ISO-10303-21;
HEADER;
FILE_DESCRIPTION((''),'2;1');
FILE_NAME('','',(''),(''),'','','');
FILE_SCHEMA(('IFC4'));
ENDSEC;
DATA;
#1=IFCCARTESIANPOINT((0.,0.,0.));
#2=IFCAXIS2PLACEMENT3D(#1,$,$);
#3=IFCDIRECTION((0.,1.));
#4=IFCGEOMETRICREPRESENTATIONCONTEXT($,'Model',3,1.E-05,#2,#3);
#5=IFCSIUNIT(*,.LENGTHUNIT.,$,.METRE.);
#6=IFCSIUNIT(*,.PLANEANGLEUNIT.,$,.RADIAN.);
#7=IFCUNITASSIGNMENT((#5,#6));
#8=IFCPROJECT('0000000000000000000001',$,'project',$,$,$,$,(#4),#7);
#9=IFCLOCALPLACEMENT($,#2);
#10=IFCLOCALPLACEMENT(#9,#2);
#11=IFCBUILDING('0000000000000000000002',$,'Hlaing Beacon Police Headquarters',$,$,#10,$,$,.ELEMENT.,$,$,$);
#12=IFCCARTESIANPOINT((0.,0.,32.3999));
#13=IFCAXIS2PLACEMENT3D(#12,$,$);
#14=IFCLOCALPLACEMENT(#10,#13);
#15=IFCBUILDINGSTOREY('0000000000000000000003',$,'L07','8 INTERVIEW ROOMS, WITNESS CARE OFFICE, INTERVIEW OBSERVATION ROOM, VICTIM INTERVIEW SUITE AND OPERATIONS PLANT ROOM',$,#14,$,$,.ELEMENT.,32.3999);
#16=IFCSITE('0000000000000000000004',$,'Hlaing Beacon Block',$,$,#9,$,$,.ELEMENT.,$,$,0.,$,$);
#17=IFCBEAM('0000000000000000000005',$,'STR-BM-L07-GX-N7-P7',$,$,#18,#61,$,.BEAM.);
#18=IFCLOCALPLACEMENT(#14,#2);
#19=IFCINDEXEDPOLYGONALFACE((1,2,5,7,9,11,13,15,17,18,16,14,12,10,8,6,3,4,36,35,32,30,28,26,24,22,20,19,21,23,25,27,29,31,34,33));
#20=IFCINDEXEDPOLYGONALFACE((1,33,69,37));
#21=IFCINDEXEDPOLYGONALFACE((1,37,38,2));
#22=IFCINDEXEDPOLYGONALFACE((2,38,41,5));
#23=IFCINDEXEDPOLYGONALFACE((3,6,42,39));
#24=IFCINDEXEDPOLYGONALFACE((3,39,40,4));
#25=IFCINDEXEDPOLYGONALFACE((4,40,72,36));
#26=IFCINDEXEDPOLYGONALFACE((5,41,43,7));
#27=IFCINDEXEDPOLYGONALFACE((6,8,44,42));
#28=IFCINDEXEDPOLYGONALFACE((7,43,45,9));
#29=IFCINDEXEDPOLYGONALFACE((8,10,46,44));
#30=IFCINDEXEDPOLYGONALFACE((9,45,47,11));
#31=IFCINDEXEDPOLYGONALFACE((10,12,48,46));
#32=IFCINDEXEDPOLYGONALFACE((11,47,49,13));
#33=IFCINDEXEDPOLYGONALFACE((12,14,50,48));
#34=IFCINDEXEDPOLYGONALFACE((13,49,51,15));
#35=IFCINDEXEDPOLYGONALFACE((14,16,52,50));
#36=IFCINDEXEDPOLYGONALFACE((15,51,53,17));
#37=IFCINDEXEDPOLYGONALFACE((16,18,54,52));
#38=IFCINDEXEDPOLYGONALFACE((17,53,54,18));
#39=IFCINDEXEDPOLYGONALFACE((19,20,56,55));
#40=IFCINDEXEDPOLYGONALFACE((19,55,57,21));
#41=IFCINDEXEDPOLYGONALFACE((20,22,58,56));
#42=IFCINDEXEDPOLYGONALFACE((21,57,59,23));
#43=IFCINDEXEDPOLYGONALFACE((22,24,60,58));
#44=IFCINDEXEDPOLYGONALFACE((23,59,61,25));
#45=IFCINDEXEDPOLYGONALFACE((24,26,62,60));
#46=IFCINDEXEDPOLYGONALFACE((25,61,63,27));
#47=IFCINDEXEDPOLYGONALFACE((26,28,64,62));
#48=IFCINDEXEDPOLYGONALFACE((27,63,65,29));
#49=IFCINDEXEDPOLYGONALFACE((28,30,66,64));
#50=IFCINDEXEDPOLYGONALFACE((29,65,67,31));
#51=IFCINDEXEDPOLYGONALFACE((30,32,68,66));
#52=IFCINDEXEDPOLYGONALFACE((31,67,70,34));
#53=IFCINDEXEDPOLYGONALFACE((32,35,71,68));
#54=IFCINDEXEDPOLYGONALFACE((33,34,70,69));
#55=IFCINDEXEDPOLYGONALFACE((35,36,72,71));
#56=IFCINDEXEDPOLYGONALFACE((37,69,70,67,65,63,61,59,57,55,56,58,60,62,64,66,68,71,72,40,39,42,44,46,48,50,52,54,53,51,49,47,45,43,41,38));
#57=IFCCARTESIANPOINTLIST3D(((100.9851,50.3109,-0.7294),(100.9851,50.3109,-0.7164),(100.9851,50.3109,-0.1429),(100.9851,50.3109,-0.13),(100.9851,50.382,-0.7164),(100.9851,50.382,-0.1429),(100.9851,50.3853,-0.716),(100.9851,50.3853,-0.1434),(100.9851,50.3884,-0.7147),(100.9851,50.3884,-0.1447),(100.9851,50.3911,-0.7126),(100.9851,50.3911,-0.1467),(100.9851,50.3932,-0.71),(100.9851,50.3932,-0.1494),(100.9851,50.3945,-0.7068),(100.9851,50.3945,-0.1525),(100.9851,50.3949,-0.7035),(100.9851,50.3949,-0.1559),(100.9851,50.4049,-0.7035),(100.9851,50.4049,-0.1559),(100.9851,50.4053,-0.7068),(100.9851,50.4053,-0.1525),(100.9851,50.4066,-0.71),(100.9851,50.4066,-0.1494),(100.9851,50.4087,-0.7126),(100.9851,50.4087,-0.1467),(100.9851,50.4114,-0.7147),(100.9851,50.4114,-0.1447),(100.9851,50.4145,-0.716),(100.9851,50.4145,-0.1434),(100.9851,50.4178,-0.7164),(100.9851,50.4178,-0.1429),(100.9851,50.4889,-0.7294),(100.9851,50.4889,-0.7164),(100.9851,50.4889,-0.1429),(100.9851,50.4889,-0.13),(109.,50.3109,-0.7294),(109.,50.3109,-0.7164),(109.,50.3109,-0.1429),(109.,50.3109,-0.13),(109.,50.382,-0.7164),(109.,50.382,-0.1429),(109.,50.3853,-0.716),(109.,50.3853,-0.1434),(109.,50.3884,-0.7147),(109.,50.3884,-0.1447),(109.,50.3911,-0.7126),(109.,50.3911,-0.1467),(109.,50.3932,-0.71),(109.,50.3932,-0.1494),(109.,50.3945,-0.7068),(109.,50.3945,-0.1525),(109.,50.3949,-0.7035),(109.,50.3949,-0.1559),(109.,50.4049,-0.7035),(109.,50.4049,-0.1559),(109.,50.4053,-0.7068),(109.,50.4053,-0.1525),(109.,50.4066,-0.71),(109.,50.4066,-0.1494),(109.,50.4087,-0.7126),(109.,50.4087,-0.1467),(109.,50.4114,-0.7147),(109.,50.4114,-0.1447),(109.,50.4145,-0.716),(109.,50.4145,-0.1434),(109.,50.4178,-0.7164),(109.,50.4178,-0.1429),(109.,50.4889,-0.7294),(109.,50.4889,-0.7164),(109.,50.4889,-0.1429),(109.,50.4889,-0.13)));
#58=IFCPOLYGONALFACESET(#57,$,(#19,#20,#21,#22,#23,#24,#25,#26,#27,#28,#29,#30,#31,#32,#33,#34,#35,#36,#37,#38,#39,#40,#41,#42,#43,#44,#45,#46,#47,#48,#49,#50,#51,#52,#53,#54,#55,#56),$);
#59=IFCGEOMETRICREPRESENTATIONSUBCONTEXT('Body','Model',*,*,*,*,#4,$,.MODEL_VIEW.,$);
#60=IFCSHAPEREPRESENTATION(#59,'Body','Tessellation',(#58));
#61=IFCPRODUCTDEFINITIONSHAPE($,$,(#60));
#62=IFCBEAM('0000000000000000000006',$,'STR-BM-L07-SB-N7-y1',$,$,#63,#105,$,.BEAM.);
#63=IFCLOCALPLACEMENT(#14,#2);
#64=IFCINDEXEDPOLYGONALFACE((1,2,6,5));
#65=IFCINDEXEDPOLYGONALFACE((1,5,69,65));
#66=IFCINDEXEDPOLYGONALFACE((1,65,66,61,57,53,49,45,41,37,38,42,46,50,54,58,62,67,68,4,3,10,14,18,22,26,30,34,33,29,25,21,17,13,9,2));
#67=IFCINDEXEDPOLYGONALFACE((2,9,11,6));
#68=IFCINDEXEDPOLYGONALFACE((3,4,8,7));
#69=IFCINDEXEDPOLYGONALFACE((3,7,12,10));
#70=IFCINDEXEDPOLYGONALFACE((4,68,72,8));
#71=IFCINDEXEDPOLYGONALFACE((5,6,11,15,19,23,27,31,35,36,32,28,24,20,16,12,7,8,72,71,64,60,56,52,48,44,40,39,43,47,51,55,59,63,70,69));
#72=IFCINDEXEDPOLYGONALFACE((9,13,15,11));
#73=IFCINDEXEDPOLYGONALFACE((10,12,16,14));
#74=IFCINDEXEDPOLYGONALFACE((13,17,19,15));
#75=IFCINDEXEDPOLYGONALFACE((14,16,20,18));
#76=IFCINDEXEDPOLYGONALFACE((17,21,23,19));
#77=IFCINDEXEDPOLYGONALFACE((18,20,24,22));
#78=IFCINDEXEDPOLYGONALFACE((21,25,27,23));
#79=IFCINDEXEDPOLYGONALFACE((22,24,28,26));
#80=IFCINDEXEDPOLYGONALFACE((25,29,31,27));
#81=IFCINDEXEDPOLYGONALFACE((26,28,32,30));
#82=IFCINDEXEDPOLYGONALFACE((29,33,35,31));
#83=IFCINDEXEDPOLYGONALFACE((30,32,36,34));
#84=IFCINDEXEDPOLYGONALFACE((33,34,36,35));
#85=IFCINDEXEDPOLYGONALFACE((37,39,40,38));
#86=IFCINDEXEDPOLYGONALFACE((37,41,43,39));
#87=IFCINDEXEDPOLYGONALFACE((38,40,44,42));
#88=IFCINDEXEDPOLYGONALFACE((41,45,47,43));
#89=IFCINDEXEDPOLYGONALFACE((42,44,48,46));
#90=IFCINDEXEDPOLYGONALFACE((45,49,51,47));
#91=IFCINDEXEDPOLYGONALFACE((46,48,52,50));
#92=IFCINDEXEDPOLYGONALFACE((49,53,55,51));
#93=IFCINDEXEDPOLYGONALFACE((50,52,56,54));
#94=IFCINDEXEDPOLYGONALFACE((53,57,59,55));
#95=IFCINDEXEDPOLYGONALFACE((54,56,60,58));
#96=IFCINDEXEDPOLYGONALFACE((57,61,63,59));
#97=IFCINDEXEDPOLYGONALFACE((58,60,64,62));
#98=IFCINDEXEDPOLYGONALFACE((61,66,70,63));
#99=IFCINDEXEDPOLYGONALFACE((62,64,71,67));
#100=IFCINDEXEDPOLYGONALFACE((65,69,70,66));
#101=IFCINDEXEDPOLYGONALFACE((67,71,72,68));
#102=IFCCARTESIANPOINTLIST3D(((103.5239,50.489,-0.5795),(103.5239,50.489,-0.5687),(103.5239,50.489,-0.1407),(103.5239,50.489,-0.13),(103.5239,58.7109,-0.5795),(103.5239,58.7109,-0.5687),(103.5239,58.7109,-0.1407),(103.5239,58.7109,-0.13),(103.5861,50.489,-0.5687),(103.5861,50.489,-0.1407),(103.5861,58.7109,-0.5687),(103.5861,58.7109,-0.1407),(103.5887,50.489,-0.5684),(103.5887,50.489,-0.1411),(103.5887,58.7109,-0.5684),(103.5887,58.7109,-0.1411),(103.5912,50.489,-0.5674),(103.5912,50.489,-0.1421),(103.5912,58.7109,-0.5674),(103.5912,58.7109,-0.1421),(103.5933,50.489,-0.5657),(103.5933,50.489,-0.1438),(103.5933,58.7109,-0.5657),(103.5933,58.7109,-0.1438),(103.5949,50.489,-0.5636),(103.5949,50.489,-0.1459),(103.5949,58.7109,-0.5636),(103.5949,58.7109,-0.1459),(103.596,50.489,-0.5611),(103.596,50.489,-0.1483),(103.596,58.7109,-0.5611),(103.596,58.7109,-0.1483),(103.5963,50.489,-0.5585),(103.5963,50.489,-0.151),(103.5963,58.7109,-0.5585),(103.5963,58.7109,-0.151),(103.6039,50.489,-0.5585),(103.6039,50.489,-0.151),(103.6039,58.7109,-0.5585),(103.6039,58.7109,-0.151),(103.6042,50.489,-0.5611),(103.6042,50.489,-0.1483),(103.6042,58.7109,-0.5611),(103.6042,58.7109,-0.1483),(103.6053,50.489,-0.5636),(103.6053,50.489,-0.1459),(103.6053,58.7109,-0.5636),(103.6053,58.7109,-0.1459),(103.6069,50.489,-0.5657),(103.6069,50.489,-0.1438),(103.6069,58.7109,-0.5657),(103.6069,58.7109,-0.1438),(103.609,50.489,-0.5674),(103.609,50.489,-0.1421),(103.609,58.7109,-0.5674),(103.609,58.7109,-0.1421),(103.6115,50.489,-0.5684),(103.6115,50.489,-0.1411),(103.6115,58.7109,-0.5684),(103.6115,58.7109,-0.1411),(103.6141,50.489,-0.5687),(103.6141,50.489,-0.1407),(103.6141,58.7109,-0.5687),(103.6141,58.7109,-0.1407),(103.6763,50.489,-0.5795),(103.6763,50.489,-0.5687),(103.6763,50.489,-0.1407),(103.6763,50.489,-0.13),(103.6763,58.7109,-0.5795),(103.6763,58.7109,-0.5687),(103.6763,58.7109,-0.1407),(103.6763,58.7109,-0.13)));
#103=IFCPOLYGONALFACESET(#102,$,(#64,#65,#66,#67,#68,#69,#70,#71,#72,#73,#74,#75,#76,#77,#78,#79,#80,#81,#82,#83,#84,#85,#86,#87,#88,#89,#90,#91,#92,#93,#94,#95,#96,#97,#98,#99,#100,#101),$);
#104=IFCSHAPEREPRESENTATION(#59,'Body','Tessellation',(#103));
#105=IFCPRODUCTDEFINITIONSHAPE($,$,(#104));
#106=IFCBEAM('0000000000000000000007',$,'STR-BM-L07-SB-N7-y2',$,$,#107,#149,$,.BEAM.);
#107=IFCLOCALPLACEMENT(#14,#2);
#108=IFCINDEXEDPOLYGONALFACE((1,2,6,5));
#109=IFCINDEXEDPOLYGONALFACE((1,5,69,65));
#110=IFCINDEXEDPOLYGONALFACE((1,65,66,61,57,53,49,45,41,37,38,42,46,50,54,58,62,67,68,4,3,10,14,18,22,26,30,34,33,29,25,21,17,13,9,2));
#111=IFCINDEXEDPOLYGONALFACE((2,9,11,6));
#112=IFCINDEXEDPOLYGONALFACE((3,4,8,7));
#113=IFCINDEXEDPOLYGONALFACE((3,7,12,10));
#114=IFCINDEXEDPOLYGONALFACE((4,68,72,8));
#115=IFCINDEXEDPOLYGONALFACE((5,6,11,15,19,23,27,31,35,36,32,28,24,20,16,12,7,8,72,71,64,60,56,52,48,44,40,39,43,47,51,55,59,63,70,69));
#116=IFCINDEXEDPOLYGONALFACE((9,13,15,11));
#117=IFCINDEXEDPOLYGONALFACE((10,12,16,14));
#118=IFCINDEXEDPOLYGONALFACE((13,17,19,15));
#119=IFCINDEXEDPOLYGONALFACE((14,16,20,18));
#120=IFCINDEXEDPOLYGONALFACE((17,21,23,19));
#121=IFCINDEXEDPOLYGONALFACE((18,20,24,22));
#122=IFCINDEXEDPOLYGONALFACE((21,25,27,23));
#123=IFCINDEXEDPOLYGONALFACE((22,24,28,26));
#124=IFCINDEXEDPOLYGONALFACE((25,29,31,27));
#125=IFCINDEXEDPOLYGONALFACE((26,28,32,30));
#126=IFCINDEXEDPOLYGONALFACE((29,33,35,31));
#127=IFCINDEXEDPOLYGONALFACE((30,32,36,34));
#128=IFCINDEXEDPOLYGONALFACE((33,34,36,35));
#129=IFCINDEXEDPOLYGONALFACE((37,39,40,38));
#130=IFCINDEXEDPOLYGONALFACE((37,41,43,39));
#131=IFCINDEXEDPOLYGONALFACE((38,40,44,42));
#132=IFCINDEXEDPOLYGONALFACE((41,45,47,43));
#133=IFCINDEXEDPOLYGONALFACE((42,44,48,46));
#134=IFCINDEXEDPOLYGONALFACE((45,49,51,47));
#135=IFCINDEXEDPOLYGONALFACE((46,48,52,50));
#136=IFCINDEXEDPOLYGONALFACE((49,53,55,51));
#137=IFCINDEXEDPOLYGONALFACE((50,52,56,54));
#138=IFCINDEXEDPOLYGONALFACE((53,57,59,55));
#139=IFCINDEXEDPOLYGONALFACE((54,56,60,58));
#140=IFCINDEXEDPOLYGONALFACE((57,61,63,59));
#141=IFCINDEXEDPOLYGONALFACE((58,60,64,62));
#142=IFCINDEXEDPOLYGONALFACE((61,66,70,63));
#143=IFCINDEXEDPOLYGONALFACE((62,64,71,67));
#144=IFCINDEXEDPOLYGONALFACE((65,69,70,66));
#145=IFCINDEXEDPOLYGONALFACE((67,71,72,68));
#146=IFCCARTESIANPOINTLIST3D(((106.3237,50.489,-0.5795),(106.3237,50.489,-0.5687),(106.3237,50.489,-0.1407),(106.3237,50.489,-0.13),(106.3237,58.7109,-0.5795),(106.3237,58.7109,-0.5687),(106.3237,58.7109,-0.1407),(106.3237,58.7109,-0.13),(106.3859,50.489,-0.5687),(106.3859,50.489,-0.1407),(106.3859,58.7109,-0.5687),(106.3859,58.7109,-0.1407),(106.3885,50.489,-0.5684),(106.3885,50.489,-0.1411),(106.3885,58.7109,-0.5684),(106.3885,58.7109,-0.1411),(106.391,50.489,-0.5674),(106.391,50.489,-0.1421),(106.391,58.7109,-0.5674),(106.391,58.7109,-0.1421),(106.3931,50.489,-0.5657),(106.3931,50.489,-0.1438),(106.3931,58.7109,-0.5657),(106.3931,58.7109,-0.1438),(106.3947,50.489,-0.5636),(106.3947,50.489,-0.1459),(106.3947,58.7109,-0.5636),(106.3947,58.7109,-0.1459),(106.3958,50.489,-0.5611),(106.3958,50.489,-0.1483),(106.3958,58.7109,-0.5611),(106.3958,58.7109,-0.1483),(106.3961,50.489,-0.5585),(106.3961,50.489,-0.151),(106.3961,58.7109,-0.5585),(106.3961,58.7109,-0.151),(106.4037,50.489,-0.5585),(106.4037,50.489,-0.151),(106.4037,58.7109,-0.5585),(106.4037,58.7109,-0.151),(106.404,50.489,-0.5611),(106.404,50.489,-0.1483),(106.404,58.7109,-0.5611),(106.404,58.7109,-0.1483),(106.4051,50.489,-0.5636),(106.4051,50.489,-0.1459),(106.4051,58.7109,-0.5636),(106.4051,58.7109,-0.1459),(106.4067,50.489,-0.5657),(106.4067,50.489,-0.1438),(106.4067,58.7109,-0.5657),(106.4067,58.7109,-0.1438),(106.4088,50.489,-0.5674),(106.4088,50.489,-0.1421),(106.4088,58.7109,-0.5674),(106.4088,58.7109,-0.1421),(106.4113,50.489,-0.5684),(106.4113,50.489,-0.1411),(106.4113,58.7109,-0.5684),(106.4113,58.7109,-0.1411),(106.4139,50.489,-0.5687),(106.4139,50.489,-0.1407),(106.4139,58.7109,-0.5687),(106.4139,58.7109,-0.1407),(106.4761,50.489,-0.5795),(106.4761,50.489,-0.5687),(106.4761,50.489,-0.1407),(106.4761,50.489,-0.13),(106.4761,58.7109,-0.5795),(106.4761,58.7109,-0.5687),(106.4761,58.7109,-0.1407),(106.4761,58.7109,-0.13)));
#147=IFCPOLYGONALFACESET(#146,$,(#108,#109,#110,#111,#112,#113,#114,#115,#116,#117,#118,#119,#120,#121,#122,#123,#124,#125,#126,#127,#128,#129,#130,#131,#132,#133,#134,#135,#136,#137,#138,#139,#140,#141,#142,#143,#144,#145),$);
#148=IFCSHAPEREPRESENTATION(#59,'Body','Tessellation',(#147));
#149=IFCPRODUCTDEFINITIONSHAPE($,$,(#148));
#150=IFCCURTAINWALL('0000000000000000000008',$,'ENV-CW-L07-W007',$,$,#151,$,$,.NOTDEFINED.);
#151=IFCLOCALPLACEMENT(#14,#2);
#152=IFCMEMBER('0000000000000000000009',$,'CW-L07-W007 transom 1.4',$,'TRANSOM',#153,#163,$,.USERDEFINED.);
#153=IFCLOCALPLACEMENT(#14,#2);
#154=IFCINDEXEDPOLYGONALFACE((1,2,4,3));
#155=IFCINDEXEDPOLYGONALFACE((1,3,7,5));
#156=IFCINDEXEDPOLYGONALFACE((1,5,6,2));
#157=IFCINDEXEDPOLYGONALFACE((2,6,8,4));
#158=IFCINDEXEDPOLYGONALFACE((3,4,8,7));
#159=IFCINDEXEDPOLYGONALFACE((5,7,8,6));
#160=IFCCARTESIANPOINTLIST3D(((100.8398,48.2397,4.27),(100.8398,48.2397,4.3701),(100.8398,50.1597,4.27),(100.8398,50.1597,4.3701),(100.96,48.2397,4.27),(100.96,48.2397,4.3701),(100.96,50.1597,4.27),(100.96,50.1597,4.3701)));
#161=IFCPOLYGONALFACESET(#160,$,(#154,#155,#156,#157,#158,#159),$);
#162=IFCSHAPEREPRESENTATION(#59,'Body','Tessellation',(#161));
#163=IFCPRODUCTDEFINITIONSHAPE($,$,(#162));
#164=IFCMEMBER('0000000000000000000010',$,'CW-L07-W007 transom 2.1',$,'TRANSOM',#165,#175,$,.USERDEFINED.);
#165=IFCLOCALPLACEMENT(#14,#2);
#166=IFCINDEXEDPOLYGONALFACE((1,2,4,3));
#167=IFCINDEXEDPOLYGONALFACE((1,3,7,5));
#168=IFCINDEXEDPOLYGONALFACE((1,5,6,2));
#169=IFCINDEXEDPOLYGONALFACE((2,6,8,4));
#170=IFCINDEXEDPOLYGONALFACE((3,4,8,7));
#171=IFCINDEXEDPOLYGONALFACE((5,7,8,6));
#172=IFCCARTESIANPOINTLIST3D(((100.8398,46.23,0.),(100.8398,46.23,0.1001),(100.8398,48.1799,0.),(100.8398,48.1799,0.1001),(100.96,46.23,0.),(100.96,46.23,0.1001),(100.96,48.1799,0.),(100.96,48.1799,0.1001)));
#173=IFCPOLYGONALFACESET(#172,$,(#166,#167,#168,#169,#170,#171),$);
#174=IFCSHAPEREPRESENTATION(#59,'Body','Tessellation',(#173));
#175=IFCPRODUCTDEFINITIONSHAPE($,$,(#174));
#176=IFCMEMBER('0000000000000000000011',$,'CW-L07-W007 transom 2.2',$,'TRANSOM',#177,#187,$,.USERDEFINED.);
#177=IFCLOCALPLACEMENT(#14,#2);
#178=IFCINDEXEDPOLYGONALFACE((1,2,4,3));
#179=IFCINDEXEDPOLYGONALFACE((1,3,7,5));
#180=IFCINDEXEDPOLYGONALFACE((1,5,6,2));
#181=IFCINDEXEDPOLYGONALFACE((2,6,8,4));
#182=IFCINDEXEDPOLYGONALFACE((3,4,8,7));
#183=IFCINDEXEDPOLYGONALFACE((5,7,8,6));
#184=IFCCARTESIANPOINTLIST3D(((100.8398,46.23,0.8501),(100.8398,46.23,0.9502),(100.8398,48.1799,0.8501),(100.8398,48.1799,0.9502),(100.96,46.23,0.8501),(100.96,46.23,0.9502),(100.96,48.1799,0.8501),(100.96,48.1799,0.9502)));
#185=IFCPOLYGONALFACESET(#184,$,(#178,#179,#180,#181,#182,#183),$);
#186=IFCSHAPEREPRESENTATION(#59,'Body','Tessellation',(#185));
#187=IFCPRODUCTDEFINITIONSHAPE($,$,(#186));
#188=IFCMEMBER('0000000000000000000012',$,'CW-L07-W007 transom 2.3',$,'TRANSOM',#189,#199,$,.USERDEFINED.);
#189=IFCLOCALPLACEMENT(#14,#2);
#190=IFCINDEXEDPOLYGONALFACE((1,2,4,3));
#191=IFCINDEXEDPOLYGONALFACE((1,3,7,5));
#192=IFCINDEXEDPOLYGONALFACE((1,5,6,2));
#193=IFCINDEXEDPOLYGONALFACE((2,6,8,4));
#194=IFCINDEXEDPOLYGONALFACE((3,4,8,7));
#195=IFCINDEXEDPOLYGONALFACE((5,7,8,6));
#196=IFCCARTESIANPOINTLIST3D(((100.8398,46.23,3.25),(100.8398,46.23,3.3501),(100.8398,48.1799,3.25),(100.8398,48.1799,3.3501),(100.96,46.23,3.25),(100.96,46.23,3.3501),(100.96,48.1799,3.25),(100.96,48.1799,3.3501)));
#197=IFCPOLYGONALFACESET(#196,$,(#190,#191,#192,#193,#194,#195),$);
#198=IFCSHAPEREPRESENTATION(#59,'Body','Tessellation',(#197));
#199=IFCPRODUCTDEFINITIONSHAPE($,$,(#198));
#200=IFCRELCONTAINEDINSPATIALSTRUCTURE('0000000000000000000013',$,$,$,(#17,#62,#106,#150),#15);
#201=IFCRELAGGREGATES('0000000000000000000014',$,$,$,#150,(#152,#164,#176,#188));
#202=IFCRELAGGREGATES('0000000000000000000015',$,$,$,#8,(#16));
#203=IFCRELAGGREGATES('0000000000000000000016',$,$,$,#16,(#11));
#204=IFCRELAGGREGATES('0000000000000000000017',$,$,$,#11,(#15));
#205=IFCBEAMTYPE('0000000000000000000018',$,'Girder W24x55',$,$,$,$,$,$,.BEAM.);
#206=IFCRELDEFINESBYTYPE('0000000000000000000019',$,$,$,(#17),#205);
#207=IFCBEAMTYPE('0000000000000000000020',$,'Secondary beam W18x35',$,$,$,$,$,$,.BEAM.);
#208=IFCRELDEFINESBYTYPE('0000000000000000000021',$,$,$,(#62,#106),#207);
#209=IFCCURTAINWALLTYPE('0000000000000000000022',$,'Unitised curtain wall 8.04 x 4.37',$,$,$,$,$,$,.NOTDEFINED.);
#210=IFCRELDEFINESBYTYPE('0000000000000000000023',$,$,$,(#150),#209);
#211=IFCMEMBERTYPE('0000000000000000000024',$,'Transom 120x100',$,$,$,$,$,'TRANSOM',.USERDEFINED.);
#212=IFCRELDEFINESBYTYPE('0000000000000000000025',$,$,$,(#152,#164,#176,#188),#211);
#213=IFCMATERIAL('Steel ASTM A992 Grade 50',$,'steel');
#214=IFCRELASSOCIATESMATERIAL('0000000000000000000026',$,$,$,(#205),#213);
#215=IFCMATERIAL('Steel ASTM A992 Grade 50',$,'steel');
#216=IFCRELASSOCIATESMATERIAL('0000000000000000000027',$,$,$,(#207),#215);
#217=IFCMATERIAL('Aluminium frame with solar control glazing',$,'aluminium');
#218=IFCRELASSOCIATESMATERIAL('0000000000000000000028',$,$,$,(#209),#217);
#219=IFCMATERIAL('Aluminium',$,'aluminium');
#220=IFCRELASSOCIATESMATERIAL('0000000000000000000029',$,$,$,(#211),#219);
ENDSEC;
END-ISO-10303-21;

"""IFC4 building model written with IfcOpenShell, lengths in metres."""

from ifc_helpers import new_model, si_unit, direction, frame, origin, origin_2d, place, context, subcontext, project, spatial, rectangle, i_section, extrude, material, material_profile, profile_set, type_object, element, aggregate, save


model = new_model("IFC4")

# Units and contexts
model_context = context("Model", 3, precision=1e-05, world=origin(), true_north=direction((0.0, 1.0)))
body_context = subcontext(model_context, "Body", "Model", "MODEL_VIEW")
ifc_project = project(units=[si_unit("LENGTHUNIT", "METRE"), si_unit("PLANEANGLEUNIT", "RADIAN")], contexts=[model_context])

# Site, building, storey
site_placement = place(None, origin())
site = spatial("IfcSite", under=ifc_project, at=site_placement, Name="Hlaing Beacon Block", CompositionType="ELEMENT", RefElevation=0.0)
building_placement = place(site_placement, origin())
building = spatial("IfcBuilding", under=site, at=building_placement, Name="Hlaing Beacon Police Headquarters", CompositionType="ELEMENT")
storey_placement = place(building_placement, frame((0.0, 0.0, 32.3999)))
storey = spatial("IfcBuildingStorey", under=building, at=storey_placement, Name="L07", Description="8 INTERVIEW ROOMS, WITNESS CARE OFFICE, INTERVIEW OBSERVATION ROOM, VICTIM INTERVIEW SUITE AND OPERATIONS PLANT ROOM", CompositionType="ELEMENT", Elevation=32.3999)

# Beams
ifc_material_1 = material(Name="Steel ASTM A992 Grade 50", Category="steel")
ifc_material_profile_1 = material_profile(ifc_material_1, i_section(OverallWidth=0.178, OverallDepth=0.5994, WebThickness=0.01, FlangeThickness=0.0129, FilletRadius=0.0129, at=origin_2d()), Name="W24x55")
ifc_profile_set_1 = profile_set([ifc_material_profile_1], Name="Steel ASTM A992 Grade 50")
beam_type_1 = type_object("IfcBeamType", Name="Girder W24x55", PredefinedType="BEAM", material=ifc_profile_set_1)
beam_placement = place(storey_placement, frame((100.9851, 50.3999, -0.4297), z_axis=(1.0, 0.0, 0.0), x_axis=(0.0, 1.0, 0.0)))
element("IfcBeam", 1, at=beam_placement, inside=storey, type_object=beam_type_1, Name="STR-BM-L07-GX-N7-P7", PredefinedType="BEAM", context=body_context, shape_type="SweptSolid", body=[
    extrude(i_section(OverallWidth=0.178, OverallDepth=0.5994, WebThickness=0.01, FlangeThickness=0.0129, FilletRadius=0.0129, at=origin_2d()), origin(), (0.0, 0.0, 1.0), 8.0149),
])
ifc_material_2 = material(Name="Steel ASTM A992 Grade 50", Category="steel")
ifc_material_profile_2 = material_profile(ifc_material_2, i_section(OverallWidth=0.1523, OverallDepth=0.4495, WebThickness=0.0076, FlangeThickness=0.0107, FilletRadius=0.0103, at=origin_2d()), Name="W18x35")
ifc_profile_set_2 = profile_set([ifc_material_profile_2], Name="Steel ASTM A992 Grade 50")
beam_type_2 = type_object("IfcBeamType", Name="Secondary beam W18x35", PredefinedType="BEAM", material=ifc_profile_set_2)
for number, where, z_axis, x_axis, name in (
    (2, (103.6001, 50.489, -0.3547), (0.0, 1.0, 0.0), (-1.0, 0.0, 0.0), "STR-BM-L07-SB-N7-y1"),
    (3, (106.3999, 50.489, -0.3547), (0.0, 1.0, 0.0), (-1.0, 0.0, 0.0), "STR-BM-L07-SB-N7-y2"),
):
    element("IfcBeam", number, at=place(storey_placement, frame(where, z_axis=z_axis, x_axis=x_axis)), inside=storey, type_object=beam_type_2, Name=name, PredefinedType="BEAM", context=body_context, shape_type="SweptSolid", body=[
        extrude(i_section(OverallWidth=0.1523, OverallDepth=0.4495, WebThickness=0.0076, FlangeThickness=0.0107, FilletRadius=0.0103, at=origin_2d()), origin(), (0.0, 0.0, 1.0), 8.2219),
    ])

# Curtain wall, members
ifc_material_3 = material(Name="Aluminium frame with solar control glazing", Category="aluminium")
curtain_wall_type = type_object("IfcCurtainWallType", Name="Unitised curtain wall 8.04 x 4.37", PredefinedType="NOTDEFINED", material=ifc_material_3)
curtain_wall_placement = place(storey_placement, origin())
curtain_wall = element("IfcCurtainWall", 4, at=curtain_wall_placement, inside=storey, type_object=curtain_wall_type, Name="ENV-CW-L07-W007", PredefinedType="NOTDEFINED")
ifc_material_4 = material(Name="Aluminium", Category="aluminium")
ifc_material_profile_3 = material_profile(ifc_material_4, rectangle(XDim=0.1201, YDim=0.1001, at=origin_2d()), Name="Transom 120x100")
ifc_profile_set_3 = profile_set([ifc_material_profile_3], Name="Aluminium")
member_type = type_object("IfcMemberType", Name="Transom 120x100", ElementType="TRANSOM", PredefinedType="USERDEFINED", material=ifc_profile_set_3)
member_1_placement = place(storey_placement, frame((100.8999, 50.1597, 4.3201), z_axis=(0.0, -1.0, 0.0), x_axis=(1.0, 0.0, 0.0)))
member_1 = element("IfcMember", 5, at=member_1_placement, type_object=member_type, Name="CW-L07-W007 transom 1.4", ObjectType="TRANSOM", PredefinedType="USERDEFINED", context=body_context, shape_type="SweptSolid", body=[
    extrude(rectangle(XDim=0.1201, YDim=0.1001, at=origin_2d()), origin(), (0.0, 0.0, 1.0), 1.9199),
])
member_2_placement = place(storey_placement, frame((100.8999, 48.1799, 0.05), z_axis=(0.0, -1.0, 0.0), x_axis=(1.0, 0.0, 0.0)))
member_2 = element("IfcMember", 6, at=member_2_placement, type_object=member_type, Name="CW-L07-W007 transom 2.1", ObjectType="TRANSOM", PredefinedType="USERDEFINED", context=body_context, shape_type="SweptSolid", body=[
    extrude(rectangle(XDim=0.1201, YDim=0.1001, at=origin_2d()), origin(), (0.0, 0.0, 1.0), 1.95),
])
member_3_placement = place(storey_placement, frame((100.8999, 48.1799, 0.9001), z_axis=(0.0, -1.0, 0.0), x_axis=(1.0, 0.0, 0.0)))
member_3 = element("IfcMember", 7, at=member_3_placement, type_object=member_type, Name="CW-L07-W007 transom 2.2", ObjectType="TRANSOM", PredefinedType="USERDEFINED", context=body_context, shape_type="SweptSolid", body=[
    extrude(rectangle(XDim=0.1201, YDim=0.1001, at=origin_2d()), origin(), (0.0, 0.0, 1.0), 1.95),
])
member_4_placement = place(storey_placement, frame((100.8999, 48.1799, 3.3), z_axis=(0.0, -1.0, 0.0), x_axis=(1.0, 0.0, 0.0)))
member_4 = element("IfcMember", 8, at=member_4_placement, type_object=member_type, Name="CW-L07-W007 transom 2.3", ObjectType="TRANSOM", PredefinedType="USERDEFINED", context=body_context, shape_type="SweptSolid", body=[
    extrude(rectangle(XDim=0.1201, YDim=0.1001, at=origin_2d()), origin(), (0.0, 0.0, 1.0), 1.95),
])
aggregate(curtain_wall, [member_1, member_2, member_3, member_4])

save(model, "model.ifc")
